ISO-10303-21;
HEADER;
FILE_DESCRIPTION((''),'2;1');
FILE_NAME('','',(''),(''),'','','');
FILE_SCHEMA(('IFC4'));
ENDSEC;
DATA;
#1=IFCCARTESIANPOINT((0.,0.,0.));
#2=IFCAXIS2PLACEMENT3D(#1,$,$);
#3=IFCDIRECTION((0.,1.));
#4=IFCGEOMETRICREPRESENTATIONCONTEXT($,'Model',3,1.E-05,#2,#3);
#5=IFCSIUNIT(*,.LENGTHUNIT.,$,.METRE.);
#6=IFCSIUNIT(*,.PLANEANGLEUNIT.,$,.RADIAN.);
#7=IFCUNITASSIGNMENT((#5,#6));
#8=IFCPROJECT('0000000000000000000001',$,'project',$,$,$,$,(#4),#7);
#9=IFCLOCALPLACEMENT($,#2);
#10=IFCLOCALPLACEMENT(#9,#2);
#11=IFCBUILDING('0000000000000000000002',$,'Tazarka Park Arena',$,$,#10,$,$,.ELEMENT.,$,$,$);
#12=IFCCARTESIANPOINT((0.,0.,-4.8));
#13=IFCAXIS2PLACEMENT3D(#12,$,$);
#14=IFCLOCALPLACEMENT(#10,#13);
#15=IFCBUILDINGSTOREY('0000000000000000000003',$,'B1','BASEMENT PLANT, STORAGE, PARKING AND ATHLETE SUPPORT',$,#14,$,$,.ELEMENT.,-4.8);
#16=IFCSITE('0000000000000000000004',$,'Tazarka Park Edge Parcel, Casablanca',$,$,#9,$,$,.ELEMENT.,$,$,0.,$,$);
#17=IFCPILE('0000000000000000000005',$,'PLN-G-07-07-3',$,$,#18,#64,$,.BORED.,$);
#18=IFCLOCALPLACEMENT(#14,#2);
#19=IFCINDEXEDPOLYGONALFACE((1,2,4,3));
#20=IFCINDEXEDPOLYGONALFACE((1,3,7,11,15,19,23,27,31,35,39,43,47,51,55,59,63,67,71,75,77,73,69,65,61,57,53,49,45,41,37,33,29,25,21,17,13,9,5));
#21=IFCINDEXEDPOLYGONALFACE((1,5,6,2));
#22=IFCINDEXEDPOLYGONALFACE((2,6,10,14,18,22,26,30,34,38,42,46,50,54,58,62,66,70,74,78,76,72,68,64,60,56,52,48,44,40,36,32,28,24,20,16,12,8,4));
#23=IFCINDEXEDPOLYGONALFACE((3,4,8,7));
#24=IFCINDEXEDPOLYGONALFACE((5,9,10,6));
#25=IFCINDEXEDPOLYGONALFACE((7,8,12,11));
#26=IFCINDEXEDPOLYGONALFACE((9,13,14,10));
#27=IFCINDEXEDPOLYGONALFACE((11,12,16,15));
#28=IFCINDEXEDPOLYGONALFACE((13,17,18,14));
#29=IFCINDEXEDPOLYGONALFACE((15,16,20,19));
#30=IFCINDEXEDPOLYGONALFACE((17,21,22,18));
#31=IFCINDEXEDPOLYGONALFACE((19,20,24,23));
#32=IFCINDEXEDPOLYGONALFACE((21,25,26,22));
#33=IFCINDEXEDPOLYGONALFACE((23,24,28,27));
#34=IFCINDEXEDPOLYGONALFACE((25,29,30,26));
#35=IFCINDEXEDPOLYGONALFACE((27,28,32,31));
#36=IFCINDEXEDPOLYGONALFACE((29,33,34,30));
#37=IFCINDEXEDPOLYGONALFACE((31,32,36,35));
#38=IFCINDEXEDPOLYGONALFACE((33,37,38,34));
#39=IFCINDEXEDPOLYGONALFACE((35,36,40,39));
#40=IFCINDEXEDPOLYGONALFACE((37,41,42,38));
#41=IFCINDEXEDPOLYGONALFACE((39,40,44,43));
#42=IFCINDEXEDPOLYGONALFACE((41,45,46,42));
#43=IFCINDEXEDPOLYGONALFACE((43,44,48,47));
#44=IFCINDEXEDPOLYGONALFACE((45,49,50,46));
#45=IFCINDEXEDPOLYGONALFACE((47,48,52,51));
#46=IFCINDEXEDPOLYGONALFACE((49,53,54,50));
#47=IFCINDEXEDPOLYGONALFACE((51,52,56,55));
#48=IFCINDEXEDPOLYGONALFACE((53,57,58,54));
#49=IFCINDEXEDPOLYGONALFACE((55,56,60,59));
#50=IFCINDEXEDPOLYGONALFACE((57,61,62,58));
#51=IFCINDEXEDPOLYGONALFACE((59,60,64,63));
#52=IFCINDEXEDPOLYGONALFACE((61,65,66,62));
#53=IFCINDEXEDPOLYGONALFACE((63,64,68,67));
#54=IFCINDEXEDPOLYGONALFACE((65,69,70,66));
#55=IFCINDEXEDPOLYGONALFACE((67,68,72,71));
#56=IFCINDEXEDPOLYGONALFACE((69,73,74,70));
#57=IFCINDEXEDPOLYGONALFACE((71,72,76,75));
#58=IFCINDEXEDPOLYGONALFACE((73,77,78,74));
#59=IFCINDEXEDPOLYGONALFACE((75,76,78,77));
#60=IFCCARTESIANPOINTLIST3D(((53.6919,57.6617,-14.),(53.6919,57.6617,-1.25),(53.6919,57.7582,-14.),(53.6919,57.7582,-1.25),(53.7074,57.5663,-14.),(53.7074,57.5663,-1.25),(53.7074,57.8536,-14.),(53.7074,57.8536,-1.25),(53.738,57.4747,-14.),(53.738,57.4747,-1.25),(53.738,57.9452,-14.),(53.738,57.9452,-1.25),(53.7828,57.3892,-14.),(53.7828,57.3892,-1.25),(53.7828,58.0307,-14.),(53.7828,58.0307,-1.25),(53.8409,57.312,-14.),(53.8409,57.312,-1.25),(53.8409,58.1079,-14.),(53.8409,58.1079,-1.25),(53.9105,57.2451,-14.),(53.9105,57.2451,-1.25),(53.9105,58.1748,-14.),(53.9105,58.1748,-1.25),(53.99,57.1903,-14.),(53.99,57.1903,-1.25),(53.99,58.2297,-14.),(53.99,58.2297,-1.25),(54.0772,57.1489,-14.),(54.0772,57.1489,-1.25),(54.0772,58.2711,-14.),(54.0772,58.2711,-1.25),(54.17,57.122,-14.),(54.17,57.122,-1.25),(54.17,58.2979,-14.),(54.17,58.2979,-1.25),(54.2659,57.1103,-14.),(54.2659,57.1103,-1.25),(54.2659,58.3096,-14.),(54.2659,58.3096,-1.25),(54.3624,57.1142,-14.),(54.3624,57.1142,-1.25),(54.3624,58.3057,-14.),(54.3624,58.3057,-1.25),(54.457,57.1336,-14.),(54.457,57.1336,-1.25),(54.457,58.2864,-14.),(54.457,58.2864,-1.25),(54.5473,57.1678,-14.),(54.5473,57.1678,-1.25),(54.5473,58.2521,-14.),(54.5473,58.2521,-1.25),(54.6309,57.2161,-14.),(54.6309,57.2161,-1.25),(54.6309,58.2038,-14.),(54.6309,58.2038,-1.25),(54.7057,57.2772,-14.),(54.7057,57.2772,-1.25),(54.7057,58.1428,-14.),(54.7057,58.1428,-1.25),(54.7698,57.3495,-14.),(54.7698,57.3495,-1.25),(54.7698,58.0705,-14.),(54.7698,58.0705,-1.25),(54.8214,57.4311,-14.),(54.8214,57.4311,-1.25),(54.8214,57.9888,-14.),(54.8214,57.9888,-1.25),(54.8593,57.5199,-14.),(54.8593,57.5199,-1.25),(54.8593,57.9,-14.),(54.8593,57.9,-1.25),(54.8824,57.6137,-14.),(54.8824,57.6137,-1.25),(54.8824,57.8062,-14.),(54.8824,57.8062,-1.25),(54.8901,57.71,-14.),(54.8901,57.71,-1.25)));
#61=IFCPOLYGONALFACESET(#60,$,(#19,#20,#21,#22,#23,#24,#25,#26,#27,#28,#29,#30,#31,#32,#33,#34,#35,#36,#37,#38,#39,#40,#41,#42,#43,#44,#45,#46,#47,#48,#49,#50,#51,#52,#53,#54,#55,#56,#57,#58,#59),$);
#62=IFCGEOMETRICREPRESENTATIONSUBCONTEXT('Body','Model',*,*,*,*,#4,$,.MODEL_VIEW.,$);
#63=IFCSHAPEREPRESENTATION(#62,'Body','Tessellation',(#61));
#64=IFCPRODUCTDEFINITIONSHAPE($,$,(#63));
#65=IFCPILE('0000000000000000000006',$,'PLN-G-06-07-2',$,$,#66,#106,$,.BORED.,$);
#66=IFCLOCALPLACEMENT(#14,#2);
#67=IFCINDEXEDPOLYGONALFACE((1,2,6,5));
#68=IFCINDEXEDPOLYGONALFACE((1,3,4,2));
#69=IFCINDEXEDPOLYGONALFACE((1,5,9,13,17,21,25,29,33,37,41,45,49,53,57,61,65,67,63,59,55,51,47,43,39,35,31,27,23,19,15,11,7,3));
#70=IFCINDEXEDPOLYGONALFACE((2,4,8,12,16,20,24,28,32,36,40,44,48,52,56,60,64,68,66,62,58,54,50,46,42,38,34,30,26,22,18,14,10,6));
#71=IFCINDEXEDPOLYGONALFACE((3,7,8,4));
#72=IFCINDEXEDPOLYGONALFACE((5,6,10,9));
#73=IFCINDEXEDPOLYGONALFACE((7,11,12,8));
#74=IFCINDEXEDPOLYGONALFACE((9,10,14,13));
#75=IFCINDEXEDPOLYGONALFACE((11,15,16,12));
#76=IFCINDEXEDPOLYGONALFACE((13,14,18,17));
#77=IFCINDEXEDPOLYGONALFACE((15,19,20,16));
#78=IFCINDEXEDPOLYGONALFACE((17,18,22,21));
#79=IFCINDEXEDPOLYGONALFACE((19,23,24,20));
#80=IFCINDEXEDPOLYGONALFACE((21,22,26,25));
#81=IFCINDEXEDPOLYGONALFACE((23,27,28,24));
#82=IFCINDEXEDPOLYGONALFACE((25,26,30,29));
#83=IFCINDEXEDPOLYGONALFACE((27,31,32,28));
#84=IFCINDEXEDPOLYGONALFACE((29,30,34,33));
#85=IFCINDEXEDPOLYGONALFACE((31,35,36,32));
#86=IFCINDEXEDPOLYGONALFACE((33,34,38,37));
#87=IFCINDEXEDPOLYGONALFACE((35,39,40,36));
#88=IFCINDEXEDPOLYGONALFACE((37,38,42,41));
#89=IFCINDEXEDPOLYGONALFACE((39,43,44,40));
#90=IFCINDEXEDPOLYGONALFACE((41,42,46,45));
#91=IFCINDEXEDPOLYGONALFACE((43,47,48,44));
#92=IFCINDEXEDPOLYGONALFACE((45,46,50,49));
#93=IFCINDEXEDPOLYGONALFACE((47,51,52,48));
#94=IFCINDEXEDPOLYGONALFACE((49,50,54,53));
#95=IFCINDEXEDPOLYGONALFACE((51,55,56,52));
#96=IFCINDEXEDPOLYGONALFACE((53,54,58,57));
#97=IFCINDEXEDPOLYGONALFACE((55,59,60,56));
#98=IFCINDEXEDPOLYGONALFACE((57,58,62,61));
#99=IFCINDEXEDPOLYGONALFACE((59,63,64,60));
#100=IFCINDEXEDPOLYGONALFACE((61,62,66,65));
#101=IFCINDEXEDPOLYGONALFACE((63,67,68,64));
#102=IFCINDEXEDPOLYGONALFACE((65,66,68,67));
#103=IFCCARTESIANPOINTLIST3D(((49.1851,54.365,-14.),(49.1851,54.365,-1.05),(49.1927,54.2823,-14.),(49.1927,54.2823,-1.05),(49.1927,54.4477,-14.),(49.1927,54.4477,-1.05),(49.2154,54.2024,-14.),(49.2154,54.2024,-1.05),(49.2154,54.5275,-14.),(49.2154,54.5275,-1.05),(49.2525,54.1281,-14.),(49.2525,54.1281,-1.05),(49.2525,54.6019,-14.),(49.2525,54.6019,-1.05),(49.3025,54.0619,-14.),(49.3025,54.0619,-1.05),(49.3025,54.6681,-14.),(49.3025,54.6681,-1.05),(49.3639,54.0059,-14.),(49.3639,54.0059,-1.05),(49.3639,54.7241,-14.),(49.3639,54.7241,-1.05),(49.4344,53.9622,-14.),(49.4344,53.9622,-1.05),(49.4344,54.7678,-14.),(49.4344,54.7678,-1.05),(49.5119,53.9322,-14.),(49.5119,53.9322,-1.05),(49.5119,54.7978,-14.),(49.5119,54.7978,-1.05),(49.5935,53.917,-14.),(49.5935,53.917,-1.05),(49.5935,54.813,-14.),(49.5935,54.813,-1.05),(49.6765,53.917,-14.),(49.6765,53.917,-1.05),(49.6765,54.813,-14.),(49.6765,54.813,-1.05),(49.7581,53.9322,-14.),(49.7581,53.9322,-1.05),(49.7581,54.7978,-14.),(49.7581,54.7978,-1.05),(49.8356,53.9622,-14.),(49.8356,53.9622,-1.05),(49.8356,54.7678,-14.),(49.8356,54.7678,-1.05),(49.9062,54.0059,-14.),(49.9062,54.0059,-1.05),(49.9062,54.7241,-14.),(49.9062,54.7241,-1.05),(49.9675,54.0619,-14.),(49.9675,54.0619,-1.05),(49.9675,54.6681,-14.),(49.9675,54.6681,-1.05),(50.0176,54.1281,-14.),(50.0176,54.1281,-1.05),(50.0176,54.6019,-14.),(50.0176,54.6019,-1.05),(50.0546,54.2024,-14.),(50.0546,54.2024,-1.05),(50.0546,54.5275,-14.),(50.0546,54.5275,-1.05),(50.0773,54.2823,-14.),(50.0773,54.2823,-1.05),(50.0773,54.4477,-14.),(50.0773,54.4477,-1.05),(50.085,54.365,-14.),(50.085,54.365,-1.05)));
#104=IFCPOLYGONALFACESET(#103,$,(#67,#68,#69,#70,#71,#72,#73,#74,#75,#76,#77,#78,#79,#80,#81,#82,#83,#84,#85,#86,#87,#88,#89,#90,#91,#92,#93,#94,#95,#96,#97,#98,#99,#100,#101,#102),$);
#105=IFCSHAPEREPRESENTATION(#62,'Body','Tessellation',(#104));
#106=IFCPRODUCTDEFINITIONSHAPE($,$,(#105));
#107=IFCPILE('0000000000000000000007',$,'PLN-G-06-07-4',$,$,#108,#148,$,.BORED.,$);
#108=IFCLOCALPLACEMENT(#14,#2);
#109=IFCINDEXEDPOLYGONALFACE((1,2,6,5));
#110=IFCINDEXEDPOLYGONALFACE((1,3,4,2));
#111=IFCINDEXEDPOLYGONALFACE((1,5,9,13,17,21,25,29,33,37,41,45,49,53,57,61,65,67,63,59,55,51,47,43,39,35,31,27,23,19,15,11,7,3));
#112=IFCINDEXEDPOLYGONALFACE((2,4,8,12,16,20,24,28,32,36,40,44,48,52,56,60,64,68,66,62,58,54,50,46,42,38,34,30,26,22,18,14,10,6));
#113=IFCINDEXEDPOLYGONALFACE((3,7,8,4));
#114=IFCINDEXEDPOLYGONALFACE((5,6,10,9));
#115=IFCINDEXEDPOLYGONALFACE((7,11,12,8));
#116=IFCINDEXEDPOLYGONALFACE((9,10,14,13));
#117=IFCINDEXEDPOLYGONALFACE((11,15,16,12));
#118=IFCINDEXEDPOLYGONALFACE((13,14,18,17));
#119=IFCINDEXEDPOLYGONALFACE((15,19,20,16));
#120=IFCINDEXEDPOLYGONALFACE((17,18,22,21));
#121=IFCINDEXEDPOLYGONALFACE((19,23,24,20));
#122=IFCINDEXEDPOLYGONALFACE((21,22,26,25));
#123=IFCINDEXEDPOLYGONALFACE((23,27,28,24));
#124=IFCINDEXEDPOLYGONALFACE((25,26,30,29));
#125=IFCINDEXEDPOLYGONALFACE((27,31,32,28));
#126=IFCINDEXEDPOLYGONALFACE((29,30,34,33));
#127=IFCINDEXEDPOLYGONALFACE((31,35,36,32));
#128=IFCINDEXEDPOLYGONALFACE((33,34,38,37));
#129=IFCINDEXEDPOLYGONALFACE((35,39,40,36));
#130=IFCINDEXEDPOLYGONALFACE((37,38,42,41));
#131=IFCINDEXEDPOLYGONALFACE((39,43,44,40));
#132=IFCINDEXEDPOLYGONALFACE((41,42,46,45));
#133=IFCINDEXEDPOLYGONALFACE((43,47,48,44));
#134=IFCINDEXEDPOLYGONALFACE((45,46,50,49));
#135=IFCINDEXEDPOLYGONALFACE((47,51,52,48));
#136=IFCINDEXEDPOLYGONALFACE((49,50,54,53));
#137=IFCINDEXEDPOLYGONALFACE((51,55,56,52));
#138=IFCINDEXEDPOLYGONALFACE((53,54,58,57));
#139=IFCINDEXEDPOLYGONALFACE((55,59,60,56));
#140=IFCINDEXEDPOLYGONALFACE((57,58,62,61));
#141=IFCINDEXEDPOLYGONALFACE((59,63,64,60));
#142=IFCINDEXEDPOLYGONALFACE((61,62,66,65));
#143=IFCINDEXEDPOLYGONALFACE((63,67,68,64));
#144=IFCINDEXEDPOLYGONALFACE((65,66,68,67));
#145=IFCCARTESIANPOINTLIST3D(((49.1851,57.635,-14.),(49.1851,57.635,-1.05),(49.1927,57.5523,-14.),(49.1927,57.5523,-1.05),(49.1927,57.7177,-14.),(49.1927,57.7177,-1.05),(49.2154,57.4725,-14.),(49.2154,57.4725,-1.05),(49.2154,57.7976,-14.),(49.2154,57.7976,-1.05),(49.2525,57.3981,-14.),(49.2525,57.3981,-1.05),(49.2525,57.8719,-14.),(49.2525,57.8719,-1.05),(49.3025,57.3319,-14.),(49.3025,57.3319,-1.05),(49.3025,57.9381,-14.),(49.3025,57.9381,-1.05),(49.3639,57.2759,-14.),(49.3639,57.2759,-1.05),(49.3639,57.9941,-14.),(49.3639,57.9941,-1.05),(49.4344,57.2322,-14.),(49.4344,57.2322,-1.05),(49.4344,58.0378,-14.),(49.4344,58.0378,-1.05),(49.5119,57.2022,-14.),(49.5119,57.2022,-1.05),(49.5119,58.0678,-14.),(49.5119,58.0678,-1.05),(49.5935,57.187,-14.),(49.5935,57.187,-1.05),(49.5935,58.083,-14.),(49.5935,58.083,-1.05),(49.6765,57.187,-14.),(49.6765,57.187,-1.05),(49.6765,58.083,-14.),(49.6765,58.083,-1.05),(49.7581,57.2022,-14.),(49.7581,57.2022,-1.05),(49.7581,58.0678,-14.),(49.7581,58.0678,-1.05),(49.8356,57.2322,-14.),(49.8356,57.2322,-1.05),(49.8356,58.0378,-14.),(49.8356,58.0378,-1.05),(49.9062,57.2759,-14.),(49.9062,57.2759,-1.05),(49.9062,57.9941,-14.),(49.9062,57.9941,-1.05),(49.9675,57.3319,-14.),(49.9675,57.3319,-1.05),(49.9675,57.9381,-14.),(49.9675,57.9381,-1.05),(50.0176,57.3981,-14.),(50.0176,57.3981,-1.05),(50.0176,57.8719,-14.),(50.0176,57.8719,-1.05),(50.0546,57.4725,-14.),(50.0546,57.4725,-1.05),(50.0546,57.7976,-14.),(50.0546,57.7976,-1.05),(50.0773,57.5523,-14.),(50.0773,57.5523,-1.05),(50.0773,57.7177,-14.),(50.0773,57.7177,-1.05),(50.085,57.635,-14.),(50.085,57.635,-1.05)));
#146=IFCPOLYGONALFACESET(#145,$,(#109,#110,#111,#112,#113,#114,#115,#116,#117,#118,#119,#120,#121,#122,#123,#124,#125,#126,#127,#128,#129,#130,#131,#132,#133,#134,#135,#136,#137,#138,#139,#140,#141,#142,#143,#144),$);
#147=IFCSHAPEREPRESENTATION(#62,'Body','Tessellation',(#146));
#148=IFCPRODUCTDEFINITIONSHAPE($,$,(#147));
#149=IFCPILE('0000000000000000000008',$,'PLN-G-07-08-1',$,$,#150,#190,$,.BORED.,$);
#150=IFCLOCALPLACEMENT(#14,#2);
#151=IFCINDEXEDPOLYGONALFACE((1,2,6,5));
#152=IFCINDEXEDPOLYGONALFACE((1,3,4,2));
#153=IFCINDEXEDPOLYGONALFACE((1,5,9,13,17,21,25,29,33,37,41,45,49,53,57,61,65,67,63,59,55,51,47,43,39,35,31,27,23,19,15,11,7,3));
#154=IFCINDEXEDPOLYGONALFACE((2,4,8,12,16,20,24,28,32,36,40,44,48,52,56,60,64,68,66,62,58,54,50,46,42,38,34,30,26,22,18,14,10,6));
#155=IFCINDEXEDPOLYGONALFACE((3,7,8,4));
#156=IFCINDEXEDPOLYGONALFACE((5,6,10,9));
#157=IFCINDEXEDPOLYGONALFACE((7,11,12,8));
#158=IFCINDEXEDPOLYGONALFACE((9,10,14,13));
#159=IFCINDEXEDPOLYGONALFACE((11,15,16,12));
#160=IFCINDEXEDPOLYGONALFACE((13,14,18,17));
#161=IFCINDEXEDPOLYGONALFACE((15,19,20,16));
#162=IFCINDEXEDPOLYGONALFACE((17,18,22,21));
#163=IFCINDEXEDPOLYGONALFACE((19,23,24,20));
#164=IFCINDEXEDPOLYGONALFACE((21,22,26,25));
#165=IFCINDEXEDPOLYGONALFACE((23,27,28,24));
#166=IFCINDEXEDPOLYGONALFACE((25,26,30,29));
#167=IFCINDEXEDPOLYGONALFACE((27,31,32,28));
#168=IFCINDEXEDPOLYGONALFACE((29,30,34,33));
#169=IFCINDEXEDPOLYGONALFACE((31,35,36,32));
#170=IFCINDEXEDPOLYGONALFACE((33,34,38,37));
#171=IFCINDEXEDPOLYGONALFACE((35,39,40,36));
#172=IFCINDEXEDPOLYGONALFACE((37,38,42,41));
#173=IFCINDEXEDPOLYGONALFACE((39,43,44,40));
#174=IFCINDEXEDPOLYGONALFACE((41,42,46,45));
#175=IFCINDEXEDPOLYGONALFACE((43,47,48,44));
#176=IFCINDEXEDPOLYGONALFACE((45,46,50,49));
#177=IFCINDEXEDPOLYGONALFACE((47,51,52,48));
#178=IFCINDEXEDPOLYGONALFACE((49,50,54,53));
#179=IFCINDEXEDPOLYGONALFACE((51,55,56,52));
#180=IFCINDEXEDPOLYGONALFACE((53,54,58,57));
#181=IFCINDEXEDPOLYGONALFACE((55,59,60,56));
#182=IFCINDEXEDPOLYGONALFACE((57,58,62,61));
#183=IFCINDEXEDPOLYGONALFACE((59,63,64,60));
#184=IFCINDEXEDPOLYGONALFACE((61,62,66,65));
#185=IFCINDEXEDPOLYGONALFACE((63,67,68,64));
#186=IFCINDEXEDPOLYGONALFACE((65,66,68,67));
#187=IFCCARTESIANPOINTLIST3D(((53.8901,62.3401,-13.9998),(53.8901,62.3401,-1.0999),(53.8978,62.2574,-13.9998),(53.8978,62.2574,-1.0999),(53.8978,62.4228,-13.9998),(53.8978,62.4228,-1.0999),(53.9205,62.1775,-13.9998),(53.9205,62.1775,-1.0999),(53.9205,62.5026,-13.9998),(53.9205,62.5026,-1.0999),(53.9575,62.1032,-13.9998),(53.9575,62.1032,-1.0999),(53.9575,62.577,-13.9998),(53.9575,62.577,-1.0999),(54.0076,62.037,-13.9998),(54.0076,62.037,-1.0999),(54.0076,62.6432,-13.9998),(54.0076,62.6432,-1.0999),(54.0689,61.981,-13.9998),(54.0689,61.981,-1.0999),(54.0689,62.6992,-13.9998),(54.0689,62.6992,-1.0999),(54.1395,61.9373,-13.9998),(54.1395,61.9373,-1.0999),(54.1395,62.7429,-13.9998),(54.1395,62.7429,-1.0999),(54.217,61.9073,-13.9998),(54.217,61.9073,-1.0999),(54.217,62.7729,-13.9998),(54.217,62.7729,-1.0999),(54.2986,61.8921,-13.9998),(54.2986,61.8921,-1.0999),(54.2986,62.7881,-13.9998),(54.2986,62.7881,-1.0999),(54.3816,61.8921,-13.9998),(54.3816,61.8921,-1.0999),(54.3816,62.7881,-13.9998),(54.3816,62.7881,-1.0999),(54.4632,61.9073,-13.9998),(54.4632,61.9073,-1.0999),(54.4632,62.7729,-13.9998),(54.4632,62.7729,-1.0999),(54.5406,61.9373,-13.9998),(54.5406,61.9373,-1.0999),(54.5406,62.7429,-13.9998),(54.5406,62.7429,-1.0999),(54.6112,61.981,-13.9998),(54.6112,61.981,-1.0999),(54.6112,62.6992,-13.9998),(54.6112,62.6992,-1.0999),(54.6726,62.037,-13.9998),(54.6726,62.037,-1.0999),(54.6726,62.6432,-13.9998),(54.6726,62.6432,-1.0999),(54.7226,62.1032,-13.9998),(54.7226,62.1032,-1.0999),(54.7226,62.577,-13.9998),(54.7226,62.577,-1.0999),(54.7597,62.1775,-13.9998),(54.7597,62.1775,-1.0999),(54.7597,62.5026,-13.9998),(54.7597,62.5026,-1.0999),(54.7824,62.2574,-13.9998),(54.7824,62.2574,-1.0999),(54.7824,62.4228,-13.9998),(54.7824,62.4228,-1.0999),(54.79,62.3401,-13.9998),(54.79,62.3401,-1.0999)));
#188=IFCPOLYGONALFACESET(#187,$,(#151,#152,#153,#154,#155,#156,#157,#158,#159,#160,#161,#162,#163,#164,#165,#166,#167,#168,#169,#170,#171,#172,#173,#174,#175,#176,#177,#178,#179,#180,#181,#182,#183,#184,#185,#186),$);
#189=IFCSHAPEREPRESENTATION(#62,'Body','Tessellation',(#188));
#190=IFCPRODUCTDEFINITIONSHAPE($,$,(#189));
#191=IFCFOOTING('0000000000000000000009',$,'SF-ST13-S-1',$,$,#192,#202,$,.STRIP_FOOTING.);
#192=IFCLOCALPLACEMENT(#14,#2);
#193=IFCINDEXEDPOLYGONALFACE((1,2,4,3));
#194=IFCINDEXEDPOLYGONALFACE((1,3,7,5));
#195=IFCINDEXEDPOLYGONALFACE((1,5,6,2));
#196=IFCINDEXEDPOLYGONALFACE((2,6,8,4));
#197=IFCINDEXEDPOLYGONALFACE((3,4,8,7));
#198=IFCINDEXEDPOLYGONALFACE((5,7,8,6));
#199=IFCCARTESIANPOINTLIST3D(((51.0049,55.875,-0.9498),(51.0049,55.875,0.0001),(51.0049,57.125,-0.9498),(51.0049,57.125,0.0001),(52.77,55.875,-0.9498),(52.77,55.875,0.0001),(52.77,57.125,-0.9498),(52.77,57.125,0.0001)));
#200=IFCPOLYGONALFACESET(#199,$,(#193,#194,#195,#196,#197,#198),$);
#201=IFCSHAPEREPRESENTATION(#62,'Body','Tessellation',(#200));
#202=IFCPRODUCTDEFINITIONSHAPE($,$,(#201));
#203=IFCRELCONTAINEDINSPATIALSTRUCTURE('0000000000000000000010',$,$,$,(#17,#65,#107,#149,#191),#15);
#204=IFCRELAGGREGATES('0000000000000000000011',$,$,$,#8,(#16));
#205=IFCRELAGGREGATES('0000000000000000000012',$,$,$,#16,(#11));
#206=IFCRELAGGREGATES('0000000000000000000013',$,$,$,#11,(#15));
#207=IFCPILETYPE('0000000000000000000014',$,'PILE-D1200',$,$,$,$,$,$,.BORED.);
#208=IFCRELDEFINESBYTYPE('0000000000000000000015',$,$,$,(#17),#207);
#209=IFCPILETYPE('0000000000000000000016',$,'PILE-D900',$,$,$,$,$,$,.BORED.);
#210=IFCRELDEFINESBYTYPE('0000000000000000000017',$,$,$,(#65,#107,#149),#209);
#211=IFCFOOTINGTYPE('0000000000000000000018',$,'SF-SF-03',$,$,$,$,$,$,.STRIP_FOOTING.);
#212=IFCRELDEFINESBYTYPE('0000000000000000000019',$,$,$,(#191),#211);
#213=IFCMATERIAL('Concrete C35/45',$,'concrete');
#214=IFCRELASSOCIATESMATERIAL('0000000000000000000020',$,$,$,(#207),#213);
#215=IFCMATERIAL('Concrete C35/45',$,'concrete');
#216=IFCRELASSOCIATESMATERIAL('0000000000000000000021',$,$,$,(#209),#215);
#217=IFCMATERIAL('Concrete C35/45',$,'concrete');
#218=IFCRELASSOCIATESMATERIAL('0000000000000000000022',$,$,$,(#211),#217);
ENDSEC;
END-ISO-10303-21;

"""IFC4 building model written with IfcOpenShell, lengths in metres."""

from ifc_helpers import new_model, si_unit, direction, frame, origin, origin_2d, place, context, subcontext, project, spatial, rectangle, circle, extrude, material, material_profile, profile_set, type_object, element, save


model = new_model("IFC4")

# Units and contexts
model_context = context("Model", 3, precision=1e-05, world=origin(), true_north=direction((0.0, 1.0)))
body_context = subcontext(model_context, "Body", "Model", "MODEL_VIEW")
ifc_project = project(units=[si_unit("LENGTHUNIT", "METRE"), si_unit("PLANEANGLEUNIT", "RADIAN")], contexts=[model_context])

# Site, building, storey
site_placement = place(None, origin())
site = spatial("IfcSite", under=ifc_project, at=site_placement, Name="Tazarka Park Edge Parcel, Casablanca", CompositionType="ELEMENT", RefElevation=0.0)
building_placement = place(site_placement, origin())
building = spatial("IfcBuilding", under=site, at=building_placement, Name="Tazarka Park Arena", CompositionType="ELEMENT")
storey_placement = place(building_placement, frame((0.0, 0.0, -4.8)))
storey = spatial("IfcBuildingStorey", under=building, at=storey_placement, Name="B1", Description="BASEMENT PLANT, STORAGE, PARKING AND ATHLETE SUPPORT", CompositionType="ELEMENT", Elevation=-4.8)

# Piles
ifc_material_1 = material(Name="Concrete C35/45", Category="concrete")
ifc_material_profile_1 = material_profile(ifc_material_1, circle(Radius=0.6001, at=origin_2d()), Name="Concrete C35/45")
ifc_profile_set_1 = profile_set([ifc_material_profile_1], Name="Concrete C35/45")
pile_type_1 = type_object("IfcPileType", Name="PILE-D1200", PredefinedType="BORED", material=ifc_profile_set_1)
for number, where, z_axis, x_axis, name in (
    (1, (54.29, 57.71, -1.25), (0.0, 0.0, -1.0), (1.0, 0.0, 0.0), "PLN-G-07-07-3"),
):
    element("IfcPile", number, at=place(storey_placement, frame(where, z_axis=z_axis, x_axis=x_axis)), inside=storey, type_object=pile_type_1, Name=name, PredefinedType="BORED", context=body_context, shape_type="SweptSolid", body=[
        extrude(circle(Radius=0.6001, at=origin_2d()), origin(), (0.0, 0.0, 1.0), 12.75),
    ])
ifc_material_2 = material(Name="Concrete C35/45", Category="concrete")
ifc_material_profile_2 = material_profile(ifc_material_2, circle(Radius=0.45, at=origin_2d()), Name="Concrete C35/45")
ifc_profile_set_2 = profile_set([ifc_material_profile_2], Name="Concrete C35/45")
pile_type_2 = type_object("IfcPileType", Name="PILE-D900", PredefinedType="BORED", material=ifc_profile_set_2)
for number, where, z_axis, x_axis, name in (
    (2, (49.635, 54.365, -1.05), (0.0, 0.0, -1.0), (1.0, 0.0, 0.0), "PLN-G-06-07-2"),
    (3, (49.635, 57.635, -1.05), (0.0, 0.0, -1.0), (1.0, 0.0, 0.0), "PLN-G-06-07-4"),
):
    element("IfcPile", number, at=place(storey_placement, frame(where, z_axis=z_axis, x_axis=x_axis)), inside=storey, type_object=pile_type_2, Name=name, PredefinedType="BORED", context=body_context, shape_type="SweptSolid", body=[
        extrude(circle(Radius=0.45, at=origin_2d()), origin(), (0.0, 0.0, 1.0), 12.95),
    ])
pile_1_placement = place(storey_placement, frame((54.3401, 62.3401, -1.0999), z_axis=(0.0, 0.0, -1.0), x_axis=(1.0, 0.0, 0.0)))
element("IfcPile", 4, at=pile_1_placement, inside=storey, type_object=pile_type_2, Name="PLN-G-07-08-1", PredefinedType="BORED", context=body_context, shape_type="SweptSolid", body=[
    extrude(circle(Radius=0.45, at=origin_2d()), origin(), (0.0, 0.0, 1.0), 12.8999),
])

# Footing
ifc_material_3 = material(Name="Concrete C35/45", Category="concrete")
ifc_material_profile_3 = material_profile(ifc_material_3, rectangle(XDim=1.25, YDim=0.95, at=origin_2d()), Name="Concrete C35/45")
ifc_profile_set_3 = profile_set([ifc_material_profile_3], Name="Concrete C35/45")
footing_type = type_object("IfcFootingType", Name="SF-SF-03", PredefinedType="STRIP_FOOTING", material=ifc_profile_set_3)
footing_1_placement = place(storey_placement, frame((52.77, 56.5, -0.4749), z_axis=(-1.0, 0.0, 0.0), x_axis=(0.0, -1.0, 0.0)))
element("IfcFooting", 5, at=footing_1_placement, inside=storey, type_object=footing_type, Name="SF-ST13-S-1", PredefinedType="STRIP_FOOTING", context=body_context, shape_type="SweptSolid", body=[
    extrude(rectangle(XDim=1.25, YDim=0.95, at=origin_2d()), origin(), (0.0, 0.0, 1.0), 1.7651),
])

save(model, "model.ifc")
